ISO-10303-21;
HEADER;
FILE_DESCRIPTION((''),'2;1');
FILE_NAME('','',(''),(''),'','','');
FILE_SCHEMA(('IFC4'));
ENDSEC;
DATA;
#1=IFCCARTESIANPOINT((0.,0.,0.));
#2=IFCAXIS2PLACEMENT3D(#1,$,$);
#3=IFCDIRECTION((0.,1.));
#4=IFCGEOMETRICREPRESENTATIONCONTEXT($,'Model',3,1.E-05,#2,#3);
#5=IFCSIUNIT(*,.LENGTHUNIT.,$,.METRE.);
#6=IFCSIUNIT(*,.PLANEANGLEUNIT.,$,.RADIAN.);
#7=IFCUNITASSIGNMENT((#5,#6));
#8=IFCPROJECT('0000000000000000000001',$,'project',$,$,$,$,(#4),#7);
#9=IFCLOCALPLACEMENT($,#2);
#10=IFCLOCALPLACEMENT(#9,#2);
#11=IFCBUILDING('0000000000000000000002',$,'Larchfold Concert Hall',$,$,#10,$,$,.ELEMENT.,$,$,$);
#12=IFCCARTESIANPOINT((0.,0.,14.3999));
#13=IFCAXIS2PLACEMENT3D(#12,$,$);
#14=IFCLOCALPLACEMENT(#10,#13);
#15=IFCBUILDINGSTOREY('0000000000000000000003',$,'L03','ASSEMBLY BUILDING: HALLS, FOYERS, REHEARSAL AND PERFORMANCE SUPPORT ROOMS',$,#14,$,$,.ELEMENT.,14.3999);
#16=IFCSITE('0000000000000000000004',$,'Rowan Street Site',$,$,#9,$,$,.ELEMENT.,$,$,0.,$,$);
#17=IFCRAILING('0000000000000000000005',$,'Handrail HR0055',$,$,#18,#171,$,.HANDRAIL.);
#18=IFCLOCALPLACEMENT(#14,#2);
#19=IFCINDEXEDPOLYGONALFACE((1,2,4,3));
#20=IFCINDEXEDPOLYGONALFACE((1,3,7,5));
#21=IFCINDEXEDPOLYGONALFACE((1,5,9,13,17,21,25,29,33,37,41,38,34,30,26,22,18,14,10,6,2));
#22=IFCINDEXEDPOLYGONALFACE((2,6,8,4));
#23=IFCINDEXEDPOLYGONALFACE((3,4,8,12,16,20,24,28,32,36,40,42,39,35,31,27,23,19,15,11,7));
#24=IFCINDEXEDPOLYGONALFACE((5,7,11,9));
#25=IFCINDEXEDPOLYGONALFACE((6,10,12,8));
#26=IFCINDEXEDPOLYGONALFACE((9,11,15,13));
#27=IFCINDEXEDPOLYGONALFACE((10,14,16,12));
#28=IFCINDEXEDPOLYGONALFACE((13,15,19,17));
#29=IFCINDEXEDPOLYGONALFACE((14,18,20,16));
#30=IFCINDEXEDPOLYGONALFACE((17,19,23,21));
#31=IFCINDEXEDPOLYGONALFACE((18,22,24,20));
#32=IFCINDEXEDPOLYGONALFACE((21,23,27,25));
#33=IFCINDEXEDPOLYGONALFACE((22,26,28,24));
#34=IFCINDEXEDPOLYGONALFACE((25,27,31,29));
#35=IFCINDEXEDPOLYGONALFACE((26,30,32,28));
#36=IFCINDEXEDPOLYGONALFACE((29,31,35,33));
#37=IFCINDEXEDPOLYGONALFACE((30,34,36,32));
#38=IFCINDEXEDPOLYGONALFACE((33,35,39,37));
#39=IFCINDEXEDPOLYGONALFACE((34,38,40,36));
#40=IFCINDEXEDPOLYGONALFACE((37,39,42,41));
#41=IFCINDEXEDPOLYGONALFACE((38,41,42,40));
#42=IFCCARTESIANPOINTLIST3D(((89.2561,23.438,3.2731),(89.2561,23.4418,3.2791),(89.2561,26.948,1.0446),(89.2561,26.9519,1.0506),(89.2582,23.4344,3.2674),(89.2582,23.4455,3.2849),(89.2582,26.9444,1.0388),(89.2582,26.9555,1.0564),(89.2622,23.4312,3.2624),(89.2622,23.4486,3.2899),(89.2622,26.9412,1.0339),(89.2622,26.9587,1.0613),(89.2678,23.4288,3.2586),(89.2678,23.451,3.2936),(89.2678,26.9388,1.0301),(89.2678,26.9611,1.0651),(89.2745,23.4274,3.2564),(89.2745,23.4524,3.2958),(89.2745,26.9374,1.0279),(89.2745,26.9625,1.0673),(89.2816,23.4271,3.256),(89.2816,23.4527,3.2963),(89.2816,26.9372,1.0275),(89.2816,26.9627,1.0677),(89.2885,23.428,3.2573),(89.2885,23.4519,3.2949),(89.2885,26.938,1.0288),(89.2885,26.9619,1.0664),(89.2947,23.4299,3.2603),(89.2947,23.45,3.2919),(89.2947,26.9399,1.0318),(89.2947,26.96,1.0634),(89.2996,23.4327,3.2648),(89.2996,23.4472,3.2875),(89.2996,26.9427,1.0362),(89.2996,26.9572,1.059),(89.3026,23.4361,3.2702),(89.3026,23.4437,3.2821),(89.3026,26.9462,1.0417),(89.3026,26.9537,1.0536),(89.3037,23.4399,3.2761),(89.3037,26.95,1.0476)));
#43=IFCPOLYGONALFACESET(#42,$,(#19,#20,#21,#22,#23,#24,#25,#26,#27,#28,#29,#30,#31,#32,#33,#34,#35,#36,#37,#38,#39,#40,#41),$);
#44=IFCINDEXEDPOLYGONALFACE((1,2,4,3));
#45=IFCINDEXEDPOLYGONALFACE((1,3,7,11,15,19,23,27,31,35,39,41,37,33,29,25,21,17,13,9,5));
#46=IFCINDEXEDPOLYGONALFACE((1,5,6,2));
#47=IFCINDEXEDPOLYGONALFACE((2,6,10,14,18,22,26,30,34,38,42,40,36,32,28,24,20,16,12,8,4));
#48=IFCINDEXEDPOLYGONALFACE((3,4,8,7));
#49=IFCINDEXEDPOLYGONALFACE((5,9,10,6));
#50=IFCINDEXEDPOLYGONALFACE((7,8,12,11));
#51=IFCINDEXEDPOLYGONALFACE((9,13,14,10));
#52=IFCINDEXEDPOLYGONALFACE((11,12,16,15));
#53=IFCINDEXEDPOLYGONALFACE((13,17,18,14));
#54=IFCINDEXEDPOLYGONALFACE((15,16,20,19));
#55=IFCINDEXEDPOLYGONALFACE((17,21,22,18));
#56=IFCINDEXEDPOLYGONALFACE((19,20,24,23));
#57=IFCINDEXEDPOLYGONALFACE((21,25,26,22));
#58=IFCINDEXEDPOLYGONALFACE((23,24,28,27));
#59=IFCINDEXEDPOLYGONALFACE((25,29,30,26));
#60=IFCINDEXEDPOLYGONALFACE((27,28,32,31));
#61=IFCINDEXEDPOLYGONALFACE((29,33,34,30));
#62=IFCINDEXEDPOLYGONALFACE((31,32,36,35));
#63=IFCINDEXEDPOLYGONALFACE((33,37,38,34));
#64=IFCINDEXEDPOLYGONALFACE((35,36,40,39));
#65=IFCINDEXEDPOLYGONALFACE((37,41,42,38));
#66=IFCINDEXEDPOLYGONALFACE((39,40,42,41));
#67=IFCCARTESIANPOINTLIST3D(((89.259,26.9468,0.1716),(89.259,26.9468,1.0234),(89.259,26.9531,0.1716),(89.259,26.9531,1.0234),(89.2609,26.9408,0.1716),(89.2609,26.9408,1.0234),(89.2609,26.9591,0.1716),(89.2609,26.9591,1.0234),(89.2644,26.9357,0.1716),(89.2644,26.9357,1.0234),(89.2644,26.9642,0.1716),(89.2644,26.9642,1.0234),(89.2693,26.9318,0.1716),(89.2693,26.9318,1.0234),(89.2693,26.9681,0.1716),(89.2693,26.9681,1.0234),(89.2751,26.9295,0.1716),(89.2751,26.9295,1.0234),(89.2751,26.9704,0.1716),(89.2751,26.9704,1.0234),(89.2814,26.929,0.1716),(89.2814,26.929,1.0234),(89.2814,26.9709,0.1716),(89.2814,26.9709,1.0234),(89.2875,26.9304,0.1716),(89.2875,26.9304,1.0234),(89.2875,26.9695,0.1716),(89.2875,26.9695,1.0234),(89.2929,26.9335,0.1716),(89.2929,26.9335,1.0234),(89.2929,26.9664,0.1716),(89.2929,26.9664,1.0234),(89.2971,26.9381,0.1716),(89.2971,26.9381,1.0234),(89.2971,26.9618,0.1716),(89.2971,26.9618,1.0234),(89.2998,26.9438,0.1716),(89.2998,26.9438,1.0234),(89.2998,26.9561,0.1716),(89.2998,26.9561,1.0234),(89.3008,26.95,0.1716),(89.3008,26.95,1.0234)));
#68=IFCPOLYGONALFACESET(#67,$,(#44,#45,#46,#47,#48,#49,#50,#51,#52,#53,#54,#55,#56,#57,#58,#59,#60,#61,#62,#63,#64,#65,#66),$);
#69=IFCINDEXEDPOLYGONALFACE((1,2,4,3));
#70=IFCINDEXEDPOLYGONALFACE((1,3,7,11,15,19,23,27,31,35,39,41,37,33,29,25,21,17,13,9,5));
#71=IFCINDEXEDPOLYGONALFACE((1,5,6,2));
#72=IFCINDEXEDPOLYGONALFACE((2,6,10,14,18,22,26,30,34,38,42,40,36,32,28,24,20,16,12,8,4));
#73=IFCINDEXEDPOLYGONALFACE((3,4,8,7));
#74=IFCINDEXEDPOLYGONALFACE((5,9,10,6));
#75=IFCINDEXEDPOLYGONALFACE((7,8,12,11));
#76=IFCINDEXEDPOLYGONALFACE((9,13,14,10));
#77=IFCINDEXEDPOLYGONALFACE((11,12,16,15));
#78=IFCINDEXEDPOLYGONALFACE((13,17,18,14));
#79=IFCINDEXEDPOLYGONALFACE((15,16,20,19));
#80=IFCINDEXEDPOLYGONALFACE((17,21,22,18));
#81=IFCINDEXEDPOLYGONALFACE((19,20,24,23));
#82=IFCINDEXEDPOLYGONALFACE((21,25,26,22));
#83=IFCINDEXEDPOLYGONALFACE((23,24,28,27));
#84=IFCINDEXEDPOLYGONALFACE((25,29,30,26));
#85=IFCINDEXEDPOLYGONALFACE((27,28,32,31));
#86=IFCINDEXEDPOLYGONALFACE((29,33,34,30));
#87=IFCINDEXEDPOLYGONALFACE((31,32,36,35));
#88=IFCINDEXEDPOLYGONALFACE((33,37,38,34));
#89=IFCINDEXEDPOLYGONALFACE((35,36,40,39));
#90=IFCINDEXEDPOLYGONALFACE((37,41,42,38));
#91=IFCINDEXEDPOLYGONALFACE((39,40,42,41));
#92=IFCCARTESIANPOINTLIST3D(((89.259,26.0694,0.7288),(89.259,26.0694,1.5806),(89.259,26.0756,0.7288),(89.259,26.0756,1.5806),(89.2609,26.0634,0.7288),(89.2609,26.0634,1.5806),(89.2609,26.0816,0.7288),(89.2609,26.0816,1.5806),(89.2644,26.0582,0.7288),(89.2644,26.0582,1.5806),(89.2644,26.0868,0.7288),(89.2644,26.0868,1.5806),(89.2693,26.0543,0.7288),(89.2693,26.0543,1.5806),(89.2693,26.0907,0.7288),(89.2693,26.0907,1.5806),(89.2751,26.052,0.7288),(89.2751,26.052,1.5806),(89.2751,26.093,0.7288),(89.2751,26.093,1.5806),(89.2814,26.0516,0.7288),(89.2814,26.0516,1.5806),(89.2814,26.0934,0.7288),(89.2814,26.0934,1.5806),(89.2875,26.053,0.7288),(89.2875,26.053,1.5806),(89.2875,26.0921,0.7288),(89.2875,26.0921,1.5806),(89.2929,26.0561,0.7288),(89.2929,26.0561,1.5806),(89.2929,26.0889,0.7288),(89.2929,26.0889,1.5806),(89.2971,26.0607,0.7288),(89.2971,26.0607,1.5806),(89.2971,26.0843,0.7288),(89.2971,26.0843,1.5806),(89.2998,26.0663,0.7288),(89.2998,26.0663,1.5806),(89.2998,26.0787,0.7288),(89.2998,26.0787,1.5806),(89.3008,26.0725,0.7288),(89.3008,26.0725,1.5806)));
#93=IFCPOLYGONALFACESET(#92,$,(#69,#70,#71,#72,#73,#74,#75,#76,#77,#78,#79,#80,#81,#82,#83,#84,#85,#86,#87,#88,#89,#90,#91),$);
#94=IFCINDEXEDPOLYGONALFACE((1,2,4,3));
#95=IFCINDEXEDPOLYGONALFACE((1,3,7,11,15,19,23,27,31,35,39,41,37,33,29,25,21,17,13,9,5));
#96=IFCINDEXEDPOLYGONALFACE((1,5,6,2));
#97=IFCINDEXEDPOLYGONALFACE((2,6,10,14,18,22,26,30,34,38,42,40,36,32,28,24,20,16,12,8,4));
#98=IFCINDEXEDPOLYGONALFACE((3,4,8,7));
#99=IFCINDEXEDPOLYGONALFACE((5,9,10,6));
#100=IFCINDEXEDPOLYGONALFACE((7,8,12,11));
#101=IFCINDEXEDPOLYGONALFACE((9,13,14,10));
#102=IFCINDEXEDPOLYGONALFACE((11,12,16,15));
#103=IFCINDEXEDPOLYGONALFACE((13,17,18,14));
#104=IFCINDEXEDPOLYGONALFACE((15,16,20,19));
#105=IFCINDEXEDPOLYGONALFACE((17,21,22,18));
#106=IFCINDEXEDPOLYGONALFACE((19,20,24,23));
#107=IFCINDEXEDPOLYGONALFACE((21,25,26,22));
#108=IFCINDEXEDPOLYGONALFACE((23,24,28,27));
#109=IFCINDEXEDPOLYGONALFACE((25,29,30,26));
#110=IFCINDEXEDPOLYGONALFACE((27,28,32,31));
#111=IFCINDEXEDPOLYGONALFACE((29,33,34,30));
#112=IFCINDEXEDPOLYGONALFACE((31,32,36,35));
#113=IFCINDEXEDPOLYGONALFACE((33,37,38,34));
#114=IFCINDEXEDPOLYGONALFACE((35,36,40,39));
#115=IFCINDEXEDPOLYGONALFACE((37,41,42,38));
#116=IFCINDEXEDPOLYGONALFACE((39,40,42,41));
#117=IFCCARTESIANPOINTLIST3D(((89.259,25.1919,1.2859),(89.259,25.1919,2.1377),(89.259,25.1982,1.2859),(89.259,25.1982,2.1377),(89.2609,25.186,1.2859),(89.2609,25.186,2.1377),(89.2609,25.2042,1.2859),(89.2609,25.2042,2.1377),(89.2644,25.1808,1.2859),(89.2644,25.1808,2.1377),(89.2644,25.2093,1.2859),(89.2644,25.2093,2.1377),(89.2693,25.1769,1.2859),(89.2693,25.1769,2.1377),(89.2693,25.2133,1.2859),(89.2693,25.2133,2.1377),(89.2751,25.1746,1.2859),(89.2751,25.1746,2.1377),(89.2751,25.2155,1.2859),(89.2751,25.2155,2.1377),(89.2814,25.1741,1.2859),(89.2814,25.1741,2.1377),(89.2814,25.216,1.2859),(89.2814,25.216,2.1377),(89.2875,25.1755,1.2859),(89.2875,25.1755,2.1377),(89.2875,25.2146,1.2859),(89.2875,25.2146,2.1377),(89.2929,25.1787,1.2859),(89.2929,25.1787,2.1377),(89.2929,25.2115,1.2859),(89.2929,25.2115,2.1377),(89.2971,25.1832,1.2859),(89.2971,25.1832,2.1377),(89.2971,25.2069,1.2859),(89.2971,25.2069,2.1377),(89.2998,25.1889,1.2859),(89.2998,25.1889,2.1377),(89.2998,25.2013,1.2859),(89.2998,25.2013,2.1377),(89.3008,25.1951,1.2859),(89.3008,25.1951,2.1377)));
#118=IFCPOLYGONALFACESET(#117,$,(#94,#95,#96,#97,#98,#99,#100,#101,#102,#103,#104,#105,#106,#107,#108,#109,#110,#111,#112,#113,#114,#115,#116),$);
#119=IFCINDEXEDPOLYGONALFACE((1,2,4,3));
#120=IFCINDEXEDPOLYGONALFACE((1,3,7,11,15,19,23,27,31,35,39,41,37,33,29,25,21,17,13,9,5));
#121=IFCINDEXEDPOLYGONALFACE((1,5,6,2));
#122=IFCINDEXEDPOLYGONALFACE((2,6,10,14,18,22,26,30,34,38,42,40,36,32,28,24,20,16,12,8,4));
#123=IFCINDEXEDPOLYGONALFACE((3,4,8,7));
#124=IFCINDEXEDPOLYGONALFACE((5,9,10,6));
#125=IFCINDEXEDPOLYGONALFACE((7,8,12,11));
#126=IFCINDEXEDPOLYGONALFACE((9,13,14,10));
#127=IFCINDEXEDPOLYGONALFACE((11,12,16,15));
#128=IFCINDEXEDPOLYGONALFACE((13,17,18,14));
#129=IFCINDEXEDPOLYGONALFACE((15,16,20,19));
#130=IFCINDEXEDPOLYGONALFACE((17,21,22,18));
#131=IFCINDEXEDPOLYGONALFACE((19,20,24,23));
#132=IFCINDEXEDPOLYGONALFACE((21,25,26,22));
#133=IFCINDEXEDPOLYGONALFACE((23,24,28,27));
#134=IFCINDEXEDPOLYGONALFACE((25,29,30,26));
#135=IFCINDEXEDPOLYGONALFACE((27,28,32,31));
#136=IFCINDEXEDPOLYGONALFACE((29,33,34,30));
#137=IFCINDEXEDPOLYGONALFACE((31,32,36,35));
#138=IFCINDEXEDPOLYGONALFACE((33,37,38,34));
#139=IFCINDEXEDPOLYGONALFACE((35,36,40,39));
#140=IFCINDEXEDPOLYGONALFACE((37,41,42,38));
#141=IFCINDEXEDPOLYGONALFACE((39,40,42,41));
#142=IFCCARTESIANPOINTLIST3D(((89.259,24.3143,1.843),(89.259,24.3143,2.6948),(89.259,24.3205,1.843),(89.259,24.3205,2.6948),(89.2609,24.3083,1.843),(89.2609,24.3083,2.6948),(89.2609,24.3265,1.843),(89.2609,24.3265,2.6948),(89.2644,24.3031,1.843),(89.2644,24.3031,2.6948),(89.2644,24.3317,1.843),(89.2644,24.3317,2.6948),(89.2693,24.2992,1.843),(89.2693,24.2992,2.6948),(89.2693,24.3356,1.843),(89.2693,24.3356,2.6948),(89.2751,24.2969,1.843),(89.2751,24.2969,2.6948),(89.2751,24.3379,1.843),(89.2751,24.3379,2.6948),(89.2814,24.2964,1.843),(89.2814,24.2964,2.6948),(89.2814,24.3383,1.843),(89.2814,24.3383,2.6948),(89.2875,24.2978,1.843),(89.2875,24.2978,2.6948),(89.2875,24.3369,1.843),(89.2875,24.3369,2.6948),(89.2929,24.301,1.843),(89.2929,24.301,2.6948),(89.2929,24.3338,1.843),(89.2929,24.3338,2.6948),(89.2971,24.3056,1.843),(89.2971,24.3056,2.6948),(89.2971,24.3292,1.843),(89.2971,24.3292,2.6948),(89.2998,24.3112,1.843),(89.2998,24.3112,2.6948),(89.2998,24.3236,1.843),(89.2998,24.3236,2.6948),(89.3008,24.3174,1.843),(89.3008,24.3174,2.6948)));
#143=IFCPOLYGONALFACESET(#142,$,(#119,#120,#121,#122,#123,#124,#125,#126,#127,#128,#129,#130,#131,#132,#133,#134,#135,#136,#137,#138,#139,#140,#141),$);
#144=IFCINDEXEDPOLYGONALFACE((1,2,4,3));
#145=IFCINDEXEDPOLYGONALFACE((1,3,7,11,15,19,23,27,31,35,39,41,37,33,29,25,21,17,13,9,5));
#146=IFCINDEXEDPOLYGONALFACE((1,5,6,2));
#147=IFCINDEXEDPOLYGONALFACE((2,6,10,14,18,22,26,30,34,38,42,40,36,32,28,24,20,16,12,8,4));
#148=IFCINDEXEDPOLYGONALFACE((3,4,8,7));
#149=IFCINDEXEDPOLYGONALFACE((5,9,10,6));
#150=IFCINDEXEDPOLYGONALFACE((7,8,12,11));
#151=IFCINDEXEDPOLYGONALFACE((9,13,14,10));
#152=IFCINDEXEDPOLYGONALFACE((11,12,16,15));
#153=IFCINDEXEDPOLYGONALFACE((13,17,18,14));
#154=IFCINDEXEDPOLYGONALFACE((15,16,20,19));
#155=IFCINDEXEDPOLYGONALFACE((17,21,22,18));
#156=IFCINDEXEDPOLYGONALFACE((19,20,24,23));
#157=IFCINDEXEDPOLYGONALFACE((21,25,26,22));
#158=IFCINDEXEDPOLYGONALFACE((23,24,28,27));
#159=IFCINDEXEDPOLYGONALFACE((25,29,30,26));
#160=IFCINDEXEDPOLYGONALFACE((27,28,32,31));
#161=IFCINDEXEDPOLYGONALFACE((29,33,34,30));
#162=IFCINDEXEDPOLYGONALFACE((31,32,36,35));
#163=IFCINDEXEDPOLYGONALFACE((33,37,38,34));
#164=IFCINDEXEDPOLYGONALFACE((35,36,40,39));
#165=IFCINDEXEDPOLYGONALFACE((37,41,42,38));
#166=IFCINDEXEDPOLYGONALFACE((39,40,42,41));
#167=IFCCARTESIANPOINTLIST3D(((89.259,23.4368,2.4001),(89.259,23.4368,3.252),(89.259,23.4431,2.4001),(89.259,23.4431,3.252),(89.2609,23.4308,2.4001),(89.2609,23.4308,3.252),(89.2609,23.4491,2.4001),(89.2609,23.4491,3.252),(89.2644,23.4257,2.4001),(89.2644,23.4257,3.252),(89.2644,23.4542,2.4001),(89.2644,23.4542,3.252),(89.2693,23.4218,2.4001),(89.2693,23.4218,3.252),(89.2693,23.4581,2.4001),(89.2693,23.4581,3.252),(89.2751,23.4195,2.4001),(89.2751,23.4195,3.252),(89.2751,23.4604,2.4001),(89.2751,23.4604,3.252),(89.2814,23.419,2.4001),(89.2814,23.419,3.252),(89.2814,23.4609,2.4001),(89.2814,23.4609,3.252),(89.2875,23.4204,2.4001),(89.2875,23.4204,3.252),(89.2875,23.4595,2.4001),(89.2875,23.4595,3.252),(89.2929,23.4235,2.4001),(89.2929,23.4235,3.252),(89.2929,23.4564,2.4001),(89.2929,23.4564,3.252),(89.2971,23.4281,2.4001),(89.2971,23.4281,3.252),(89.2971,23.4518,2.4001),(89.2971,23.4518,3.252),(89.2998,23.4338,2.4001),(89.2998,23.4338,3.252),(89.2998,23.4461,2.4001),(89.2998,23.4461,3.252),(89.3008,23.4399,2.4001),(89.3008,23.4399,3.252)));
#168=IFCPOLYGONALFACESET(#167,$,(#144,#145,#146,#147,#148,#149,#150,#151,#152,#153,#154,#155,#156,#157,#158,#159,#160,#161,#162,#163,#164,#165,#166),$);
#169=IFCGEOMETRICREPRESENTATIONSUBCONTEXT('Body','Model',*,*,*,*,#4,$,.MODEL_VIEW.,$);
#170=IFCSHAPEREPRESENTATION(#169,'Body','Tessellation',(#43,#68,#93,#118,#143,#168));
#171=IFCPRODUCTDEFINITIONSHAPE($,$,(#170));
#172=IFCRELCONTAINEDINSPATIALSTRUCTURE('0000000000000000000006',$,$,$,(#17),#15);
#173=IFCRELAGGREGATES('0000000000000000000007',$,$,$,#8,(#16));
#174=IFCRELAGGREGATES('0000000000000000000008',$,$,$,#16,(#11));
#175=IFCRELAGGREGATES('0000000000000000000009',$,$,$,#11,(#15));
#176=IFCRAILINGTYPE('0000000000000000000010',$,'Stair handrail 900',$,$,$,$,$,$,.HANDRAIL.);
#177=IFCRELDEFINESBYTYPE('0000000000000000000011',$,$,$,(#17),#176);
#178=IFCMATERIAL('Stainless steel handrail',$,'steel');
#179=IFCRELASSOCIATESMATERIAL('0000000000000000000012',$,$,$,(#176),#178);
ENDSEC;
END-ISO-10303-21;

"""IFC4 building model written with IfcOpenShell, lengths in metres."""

from ifc_helpers import new_model, si_unit, direction, frame, origin, origin_2d, place, context, subcontext, project, spatial, circle, extrude, material, type_object, element, save


model = new_model("IFC4")

# Units and contexts
model_context = context("Model", 3, precision=1e-05, world=origin(), true_north=direction((0.0, 1.0)))
body_context = subcontext(model_context, "Body", "Model", "MODEL_VIEW")
ifc_project = project(units=[si_unit("LENGTHUNIT", "METRE"), si_unit("PLANEANGLEUNIT", "RADIAN")], contexts=[model_context])

# Site, building, storey
site_placement = place(None, origin())
site = spatial("IfcSite", under=ifc_project, at=site_placement, Name="Rowan Street Site", CompositionType="ELEMENT", RefElevation=0.0)
building_placement = place(site_placement, origin())
building = spatial("IfcBuilding", under=site, at=building_placement, Name="Larchfold Concert Hall", CompositionType="ELEMENT")
storey_placement = place(building_placement, frame((0.0, 0.0, 14.3999)))
storey = spatial("IfcBuildingStorey", under=building, at=storey_placement, Name="L03", Description="ASSEMBLY BUILDING: HALLS, FOYERS, REHEARSAL AND PERFORMANCE SUPPORT ROOMS", CompositionType="ELEMENT", Elevation=14.3999)

# Railing
ifc_material_1 = material(Name="Stainless steel handrail", Category="steel")
railing_type_1 = type_object("IfcRailingType", Name="Stair handrail 900", PredefinedType="HANDRAIL", material=ifc_material_1)
railing_1_placement = place(storey_placement, frame((89.2798, 26.95, 0.1716)))
element("IfcRailing", 1, at=railing_1_placement, inside=storey, type_object=railing_type_1, Name="Handrail HR0055", PredefinedType="HANDRAIL", context=body_context, shape_type="SweptSolid", body=[
    extrude(circle(Radius=0.0239, at=origin_2d()), frame((0.0, 0.0, 0.876), z_axis=(0.0, -0.84422, 0.535998), x_axis=(1.0, 0.0, 0.0)), (0.0, 0.0, 1.0), 4.1577),
    extrude(circle(Radius=0.021, at=origin_2d()), origin(), (0.0, 0.0, 1.0), 0.8518),
    extrude(circle(Radius=0.021, at=origin_2d()), frame((0.0, -0.8774, 0.5571)), (0.0, 0.0, 1.0), 0.8518),
    extrude(circle(Radius=0.021, at=origin_2d()), frame((0.0, -1.7549, 1.1143)), (0.0, 0.0, 1.0), 0.8518),
    extrude(circle(Radius=0.021, at=origin_2d()), frame((0.0, -2.6326, 1.6714)), (0.0, 0.0, 1.0), 0.8518),
    extrude(circle(Radius=0.021, at=origin_2d()), frame((0.0, -3.51, 2.2285)), (0.0, 0.0, 1.0), 0.8518),
])

save(model, "model.ifc")
